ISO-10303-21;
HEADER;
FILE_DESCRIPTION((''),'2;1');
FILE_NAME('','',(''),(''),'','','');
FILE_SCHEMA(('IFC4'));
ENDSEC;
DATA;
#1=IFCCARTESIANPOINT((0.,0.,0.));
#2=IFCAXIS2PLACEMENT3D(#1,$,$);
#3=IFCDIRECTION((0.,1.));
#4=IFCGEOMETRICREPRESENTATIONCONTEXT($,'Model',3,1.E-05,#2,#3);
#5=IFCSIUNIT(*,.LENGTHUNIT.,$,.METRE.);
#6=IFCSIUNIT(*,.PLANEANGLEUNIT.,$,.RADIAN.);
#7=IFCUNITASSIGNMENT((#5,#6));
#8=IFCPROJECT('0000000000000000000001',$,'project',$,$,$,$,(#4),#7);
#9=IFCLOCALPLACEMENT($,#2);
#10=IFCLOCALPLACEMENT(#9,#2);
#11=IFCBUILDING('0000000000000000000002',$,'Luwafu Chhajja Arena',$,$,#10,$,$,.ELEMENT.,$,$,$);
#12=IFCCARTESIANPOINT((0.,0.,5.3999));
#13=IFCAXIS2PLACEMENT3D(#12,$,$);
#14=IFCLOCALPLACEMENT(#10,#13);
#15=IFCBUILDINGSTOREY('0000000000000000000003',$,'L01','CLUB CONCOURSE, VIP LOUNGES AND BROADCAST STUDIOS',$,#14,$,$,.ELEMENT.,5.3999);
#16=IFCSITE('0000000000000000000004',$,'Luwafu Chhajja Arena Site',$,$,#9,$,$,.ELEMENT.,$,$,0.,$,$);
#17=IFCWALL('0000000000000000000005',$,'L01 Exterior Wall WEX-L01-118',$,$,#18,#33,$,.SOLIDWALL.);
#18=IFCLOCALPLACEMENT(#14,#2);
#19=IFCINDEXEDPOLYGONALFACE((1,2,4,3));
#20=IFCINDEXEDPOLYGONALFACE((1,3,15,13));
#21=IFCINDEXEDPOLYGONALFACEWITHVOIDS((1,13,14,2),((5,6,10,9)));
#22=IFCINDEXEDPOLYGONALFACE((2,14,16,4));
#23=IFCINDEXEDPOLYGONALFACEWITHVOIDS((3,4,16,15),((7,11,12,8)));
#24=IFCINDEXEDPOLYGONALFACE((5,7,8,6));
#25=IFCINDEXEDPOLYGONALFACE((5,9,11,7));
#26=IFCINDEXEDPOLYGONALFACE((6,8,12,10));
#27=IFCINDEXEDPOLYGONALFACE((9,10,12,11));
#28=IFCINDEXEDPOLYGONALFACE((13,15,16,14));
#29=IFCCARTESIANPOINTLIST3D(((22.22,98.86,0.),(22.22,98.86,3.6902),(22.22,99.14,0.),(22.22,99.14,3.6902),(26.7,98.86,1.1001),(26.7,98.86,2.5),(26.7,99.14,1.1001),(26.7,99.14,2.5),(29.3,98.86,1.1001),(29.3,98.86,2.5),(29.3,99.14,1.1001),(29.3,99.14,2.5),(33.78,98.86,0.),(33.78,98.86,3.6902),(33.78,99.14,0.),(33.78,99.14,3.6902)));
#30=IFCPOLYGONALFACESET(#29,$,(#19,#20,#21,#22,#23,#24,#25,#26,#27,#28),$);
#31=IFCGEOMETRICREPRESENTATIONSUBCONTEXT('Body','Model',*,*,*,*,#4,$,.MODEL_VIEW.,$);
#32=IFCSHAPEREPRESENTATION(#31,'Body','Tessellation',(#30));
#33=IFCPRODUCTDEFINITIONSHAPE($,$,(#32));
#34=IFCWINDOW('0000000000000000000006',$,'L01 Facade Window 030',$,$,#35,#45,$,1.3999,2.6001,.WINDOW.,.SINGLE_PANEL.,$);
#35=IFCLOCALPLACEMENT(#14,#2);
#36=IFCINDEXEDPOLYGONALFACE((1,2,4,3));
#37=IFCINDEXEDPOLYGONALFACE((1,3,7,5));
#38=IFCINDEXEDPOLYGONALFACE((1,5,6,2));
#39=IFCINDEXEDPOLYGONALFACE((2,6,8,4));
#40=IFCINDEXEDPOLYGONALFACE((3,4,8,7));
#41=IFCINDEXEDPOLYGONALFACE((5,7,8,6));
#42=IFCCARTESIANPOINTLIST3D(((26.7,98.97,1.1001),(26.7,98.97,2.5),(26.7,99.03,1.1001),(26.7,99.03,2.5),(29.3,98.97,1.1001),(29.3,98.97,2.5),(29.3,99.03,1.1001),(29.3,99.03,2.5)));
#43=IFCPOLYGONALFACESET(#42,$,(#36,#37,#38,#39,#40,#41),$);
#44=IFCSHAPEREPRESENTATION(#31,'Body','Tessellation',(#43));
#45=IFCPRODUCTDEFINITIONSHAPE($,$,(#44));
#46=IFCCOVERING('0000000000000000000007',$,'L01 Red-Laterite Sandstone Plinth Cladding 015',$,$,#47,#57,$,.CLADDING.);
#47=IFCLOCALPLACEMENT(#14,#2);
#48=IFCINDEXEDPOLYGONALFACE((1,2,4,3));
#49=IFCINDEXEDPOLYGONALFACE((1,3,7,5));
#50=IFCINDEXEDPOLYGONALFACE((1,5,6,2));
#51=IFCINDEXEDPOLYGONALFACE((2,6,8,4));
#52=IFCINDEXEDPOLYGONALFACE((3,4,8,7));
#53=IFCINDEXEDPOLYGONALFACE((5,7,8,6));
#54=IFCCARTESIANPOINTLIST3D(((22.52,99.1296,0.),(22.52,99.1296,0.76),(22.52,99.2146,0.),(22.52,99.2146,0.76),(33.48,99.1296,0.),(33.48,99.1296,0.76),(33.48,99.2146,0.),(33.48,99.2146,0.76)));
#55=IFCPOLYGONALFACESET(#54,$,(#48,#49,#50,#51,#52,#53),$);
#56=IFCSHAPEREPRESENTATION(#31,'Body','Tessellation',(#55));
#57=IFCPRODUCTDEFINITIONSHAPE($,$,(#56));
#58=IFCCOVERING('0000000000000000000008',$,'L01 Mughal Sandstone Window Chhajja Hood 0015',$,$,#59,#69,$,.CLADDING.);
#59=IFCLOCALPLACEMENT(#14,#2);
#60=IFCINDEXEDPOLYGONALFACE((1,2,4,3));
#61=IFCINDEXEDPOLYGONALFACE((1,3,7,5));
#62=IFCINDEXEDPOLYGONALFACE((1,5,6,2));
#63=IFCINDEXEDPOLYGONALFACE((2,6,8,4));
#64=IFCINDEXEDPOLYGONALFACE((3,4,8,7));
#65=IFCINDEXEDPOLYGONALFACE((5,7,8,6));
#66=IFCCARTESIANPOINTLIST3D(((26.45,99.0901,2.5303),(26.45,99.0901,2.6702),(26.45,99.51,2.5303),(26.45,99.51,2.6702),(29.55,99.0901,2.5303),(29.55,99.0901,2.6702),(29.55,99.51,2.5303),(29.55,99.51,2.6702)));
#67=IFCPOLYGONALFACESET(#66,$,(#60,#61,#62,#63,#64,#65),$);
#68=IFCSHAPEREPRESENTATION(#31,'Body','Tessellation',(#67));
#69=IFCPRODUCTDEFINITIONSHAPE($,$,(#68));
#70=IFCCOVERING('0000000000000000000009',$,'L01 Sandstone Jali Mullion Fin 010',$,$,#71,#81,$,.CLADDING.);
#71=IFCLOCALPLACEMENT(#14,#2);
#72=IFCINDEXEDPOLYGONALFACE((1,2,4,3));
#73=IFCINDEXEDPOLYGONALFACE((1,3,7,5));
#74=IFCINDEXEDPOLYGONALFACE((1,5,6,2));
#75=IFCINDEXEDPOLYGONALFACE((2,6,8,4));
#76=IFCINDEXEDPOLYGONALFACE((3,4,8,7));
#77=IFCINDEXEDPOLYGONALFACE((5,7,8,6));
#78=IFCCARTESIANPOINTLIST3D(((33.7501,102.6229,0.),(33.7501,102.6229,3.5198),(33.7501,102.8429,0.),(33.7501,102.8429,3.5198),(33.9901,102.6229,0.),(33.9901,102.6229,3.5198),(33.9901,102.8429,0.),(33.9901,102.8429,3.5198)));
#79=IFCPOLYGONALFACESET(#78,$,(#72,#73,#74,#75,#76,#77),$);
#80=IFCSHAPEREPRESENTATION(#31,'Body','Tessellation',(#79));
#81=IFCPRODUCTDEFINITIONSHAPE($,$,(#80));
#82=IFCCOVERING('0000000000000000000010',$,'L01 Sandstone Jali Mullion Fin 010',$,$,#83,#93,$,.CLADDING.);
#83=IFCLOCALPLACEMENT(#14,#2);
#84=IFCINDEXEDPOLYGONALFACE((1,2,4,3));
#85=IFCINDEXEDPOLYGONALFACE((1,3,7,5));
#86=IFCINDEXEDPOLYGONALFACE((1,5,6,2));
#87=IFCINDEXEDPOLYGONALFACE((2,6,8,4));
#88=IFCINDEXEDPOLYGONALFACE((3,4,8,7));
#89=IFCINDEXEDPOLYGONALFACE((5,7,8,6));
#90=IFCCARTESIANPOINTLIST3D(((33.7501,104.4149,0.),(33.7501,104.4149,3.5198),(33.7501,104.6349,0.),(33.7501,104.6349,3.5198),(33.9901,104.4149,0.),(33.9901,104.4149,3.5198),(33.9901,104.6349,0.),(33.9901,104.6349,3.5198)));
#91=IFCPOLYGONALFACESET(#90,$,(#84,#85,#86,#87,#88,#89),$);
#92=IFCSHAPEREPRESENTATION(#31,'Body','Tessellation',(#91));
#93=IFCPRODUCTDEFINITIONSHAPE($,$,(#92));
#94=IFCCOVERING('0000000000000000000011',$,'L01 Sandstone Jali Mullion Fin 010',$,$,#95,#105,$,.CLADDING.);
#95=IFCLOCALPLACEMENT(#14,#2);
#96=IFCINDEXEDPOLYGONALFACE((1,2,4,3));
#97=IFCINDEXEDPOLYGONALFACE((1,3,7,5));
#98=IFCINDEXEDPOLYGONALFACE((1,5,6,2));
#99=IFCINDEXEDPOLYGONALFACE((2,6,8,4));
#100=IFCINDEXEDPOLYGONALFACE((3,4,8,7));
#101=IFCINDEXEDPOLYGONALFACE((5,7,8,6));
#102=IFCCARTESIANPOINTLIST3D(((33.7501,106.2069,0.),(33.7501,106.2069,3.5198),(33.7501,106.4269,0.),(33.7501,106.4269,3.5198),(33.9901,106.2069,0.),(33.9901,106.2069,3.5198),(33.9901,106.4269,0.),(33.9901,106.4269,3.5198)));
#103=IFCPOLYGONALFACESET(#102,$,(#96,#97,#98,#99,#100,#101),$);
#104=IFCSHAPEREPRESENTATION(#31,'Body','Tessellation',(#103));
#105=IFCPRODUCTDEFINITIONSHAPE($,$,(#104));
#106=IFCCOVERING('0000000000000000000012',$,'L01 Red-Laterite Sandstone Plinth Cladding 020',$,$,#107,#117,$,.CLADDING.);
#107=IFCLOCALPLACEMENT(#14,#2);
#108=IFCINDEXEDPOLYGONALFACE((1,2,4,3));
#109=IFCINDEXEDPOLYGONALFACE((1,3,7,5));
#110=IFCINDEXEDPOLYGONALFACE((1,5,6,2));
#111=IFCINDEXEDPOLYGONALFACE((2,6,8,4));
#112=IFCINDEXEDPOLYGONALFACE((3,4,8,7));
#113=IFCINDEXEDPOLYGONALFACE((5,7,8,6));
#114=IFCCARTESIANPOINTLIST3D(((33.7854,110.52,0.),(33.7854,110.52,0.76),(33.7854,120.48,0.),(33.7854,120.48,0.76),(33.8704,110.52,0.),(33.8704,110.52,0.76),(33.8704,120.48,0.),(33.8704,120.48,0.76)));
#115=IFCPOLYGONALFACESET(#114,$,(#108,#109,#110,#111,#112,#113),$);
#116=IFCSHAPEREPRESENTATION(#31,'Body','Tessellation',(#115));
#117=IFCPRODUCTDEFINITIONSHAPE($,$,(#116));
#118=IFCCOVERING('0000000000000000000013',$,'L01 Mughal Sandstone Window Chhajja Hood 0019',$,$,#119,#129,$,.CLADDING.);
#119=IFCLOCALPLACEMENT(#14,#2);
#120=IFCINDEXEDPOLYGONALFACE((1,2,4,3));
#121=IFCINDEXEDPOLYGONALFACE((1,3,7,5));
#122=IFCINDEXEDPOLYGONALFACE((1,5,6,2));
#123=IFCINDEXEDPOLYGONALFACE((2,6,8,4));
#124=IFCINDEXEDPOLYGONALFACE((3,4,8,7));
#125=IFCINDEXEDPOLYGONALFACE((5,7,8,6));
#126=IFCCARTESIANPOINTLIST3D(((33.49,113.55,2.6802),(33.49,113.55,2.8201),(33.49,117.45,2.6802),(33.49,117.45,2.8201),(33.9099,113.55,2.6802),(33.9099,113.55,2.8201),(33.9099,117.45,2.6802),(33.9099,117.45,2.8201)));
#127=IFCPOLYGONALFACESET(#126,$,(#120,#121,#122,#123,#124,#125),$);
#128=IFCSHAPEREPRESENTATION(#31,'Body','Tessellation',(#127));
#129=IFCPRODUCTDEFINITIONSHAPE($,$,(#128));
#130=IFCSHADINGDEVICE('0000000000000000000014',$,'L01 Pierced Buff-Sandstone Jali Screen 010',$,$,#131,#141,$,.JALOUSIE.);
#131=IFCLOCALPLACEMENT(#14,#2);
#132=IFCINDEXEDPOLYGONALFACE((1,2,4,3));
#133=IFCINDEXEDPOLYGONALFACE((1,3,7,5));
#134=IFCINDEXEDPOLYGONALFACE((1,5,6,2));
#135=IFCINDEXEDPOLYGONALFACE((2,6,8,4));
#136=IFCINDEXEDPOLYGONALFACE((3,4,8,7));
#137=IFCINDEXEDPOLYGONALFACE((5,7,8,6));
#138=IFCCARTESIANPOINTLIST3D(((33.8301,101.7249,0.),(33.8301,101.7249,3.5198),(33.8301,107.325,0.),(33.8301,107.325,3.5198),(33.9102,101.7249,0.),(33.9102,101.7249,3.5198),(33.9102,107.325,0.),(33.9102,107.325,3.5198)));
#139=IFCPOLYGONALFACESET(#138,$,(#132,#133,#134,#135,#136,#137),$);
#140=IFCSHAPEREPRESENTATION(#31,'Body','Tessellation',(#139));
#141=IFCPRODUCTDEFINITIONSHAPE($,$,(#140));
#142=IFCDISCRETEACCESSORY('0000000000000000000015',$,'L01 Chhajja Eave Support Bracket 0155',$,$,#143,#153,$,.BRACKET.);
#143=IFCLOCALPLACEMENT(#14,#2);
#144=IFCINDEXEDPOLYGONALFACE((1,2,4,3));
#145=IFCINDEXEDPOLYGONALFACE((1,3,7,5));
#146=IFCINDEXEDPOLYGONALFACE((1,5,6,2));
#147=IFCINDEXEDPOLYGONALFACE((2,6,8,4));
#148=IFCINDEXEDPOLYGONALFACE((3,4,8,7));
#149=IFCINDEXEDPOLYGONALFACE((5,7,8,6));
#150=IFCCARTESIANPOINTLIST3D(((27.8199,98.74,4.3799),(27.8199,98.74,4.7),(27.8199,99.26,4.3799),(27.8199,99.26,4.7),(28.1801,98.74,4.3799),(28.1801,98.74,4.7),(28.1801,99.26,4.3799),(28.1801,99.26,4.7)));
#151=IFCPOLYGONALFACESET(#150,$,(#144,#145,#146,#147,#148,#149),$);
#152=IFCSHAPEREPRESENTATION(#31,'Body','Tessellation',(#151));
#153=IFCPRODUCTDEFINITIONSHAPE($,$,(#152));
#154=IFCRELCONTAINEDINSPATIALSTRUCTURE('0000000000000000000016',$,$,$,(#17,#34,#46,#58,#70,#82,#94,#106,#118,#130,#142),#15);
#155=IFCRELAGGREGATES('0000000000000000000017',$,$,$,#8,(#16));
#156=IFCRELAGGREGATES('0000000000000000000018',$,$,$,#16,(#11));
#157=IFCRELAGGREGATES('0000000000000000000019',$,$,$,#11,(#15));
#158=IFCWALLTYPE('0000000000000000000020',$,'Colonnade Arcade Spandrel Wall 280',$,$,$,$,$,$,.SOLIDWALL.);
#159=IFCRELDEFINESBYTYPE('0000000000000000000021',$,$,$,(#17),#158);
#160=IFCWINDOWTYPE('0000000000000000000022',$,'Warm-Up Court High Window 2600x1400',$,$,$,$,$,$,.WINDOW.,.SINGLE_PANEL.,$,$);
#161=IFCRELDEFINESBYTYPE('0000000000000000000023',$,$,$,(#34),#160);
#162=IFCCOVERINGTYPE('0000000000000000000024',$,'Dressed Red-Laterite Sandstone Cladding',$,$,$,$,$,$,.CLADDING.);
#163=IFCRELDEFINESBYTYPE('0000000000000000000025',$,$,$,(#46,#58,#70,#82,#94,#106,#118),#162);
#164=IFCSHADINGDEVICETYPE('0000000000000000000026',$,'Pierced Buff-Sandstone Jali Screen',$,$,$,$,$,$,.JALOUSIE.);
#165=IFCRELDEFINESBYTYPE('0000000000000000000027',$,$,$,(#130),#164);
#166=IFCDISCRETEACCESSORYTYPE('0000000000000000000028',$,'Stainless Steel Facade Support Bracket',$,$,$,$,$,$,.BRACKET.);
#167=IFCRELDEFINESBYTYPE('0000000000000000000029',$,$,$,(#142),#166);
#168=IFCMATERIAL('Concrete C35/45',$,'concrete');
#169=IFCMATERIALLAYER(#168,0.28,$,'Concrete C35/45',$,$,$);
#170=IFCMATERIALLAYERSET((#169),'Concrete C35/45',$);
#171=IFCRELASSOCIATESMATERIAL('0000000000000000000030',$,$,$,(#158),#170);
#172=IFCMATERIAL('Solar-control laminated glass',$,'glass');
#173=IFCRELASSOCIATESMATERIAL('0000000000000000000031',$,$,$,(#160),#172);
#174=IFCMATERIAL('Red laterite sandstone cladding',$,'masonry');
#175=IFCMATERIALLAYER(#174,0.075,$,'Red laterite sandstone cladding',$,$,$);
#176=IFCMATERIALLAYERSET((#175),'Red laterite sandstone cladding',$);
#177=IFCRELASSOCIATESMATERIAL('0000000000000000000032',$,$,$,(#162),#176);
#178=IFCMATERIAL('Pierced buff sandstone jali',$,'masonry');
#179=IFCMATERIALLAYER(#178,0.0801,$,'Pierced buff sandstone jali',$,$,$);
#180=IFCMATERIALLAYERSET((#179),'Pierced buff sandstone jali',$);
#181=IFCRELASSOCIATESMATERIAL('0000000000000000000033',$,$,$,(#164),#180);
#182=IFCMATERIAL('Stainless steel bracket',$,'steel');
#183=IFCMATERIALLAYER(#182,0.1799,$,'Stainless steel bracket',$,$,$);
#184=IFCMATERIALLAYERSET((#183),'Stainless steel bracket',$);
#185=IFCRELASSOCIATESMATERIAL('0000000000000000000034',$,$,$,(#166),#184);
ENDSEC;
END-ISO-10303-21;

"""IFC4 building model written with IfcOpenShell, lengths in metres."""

from ifc_helpers import new_model, si_unit, direction, frame, frame_2d, origin, origin_2d, place, context, subcontext, project, spatial, rectangle, extrude, material, layer, layer_set, type_object, element, fill, save


model = new_model("IFC4")

# Units and contexts
model_context = context("Model", 3, precision=1e-05, world=origin(), true_north=direction((0.0, 1.0)))
body_context = subcontext(model_context, "Body", "Model", "MODEL_VIEW")
ifc_project = project(units=[si_unit("LENGTHUNIT", "METRE"), si_unit("PLANEANGLEUNIT", "RADIAN")], contexts=[model_context])

# Site, building, storey
site_placement = place(None, origin())
site = spatial("IfcSite", under=ifc_project, at=site_placement, Name="Luwafu Chhajja Arena Site", CompositionType="ELEMENT", RefElevation=0.0)
building_placement = place(site_placement, origin())
building = spatial("IfcBuilding", under=site, at=building_placement, Name="Luwafu Chhajja Arena", CompositionType="ELEMENT")
storey_placement = place(building_placement, frame((0.0, 0.0, 5.3999)))
storey = spatial("IfcBuildingStorey", under=building, at=storey_placement, Name="L01", Description="CLUB CONCOURSE, VIP LOUNGES AND BROADCAST STUDIOS", CompositionType="ELEMENT", Elevation=5.3999)

# Shared definitions
ifc_material_1 = material(Name="Concrete C35/45", Category="concrete")

# Shared definitions
ifc_material_2 = material(Name="Solar-control laminated glass", Category="glass")

# Wall, opening, window
ifc_layer_1 = layer(ifc_material_1, 0.28, Name="Concrete C35/45")
ifc_layer_set_1 = layer_set([ifc_layer_1], Name="Concrete C35/45")
wall_type = type_object("IfcWallType", Name="Colonnade Arcade Spandrel Wall 280", PredefinedType="SOLIDWALL", material=ifc_layer_set_1)
wall_placement = place(storey_placement, frame((22.22, 99.0, 0.0), z_axis=(0.0, 0.0, 1.0), x_axis=(1.0, 0.0, 0.0)))
wall = element("IfcWall", 1, at=wall_placement, inside=storey, type_object=wall_type, Name="L01 Exterior Wall WEX-L01-118", PredefinedType="SOLIDWALL", context=body_context, shape_type="SweptSolid", body=[
    extrude(rectangle(XDim=11.5601, YDim=0.28, at=frame_2d((5.78, 0.0))), origin(), (0.0, 0.0, 1.0), 3.6902),
])
opening_placement = place(wall_placement, frame((4.48, 0.0, 1.1001)))
opening = element("IfcOpeningElement", 2, at=opening_placement, cuts=wall, PredefinedType="OPENING", context=body_context, shape_type="SweptSolid", body=[
    extrude(rectangle(XDim=2.6001, YDim=1.3999, at=frame_2d((1.3, 0.7))), frame((0.0, 0.1499, 0.0), z_axis=(0.0, -1.0, 0.0), x_axis=(1.0, 0.0, 0.0)), (0.0, 0.0, 1.0), 0.3),
])
window_type = type_object("IfcWindowType", Name="Warm-Up Court High Window 2600x1400", PartitioningType="SINGLE_PANEL", PredefinedType="WINDOW", material=ifc_material_2)
window_placement = place(opening_placement, origin())
window = element("IfcWindow", 3, at=window_placement, inside=storey, type_object=window_type, Name="L01 Facade Window 030", OverallHeight=1.3999, OverallWidth=2.6001, PartitioningType="SINGLE_PANEL", PredefinedType="WINDOW", context=body_context, shape_type="SweptSolid", body=[
    extrude(rectangle(XDim=2.6001, YDim=1.3999, at=frame_2d((1.3, 0.7))), frame((0.0, 0.03, 0.0), z_axis=(0.0, -1.0, 0.0), x_axis=(1.0, 0.0, 0.0)), (0.0, 0.0, 1.0), 0.0601),
])
fill(opening, window)

# Coverings
ifc_material_3 = material(Name="Red laterite sandstone cladding", Category="masonry")
ifc_layer_2 = layer(ifc_material_3, 0.075, Name="Red laterite sandstone cladding")
ifc_layer_set_2 = layer_set([ifc_layer_2], Name="Red laterite sandstone cladding")
covering_type = type_object("IfcCoveringType", Name="Dressed Red-Laterite Sandstone Cladding", PredefinedType="CLADDING", material=ifc_layer_set_2)
covering_1_placement = place(storey_placement, frame((28.0, 99.1721, 0.0), z_axis=(0.0, 0.0, 1.0), x_axis=(1.0, 0.0, 0.0)))
element("IfcCovering", 4, at=covering_1_placement, inside=storey, type_object=covering_type, Name="L01 Red-Laterite Sandstone Plinth Cladding 015", PredefinedType="CLADDING", context=body_context, shape_type="SweptSolid", body=[
    extrude(rectangle(XDim=10.96, YDim=0.085, at=origin_2d()), origin(), (0.0, 0.0, 1.0), 0.76),
])
covering_2_placement = place(storey_placement, frame((28.0, 99.3, 2.5303), z_axis=(0.0, 0.0, 1.0), x_axis=(1.0, 0.0, 0.0)))
element("IfcCovering", 5, at=covering_2_placement, inside=storey, type_object=covering_type, Name="L01 Mughal Sandstone Window Chhajja Hood 0015", PredefinedType="CLADDING", context=body_context, shape_type="SweptSolid", body=[
    extrude(rectangle(XDim=3.1001, YDim=0.4199, at=origin_2d()), origin(), (0.0, 0.0, 1.0), 0.1399),
])
for number, where, z_axis, x_axis, name in (
    (6, (33.8701, 102.7329, 0.0), (0.0, 0.0, 1.0), (0.0, 1.0, 0.0), "L01 Sandstone Jali Mullion Fin 010"),
    (7, (33.8701, 104.5249, 0.0), (0.0, 0.0, 1.0), (0.0, 1.0, 0.0), "L01 Sandstone Jali Mullion Fin 010"),
    (8, (33.8701, 106.3169, 0.0), (0.0, 0.0, 1.0), (0.0, 1.0, 0.0), "L01 Sandstone Jali Mullion Fin 010"),
):
    element("IfcCovering", number, at=place(storey_placement, frame(where, z_axis=z_axis, x_axis=x_axis)), inside=storey, type_object=covering_type, Name=name, PredefinedType="CLADDING", context=body_context, shape_type="SweptSolid", body=[
        extrude(rectangle(XDim=0.22, YDim=0.24, at=origin_2d()), origin(), (0.0, 0.0, 1.0), 3.5198),
    ])
covering_3_placement = place(storey_placement, frame((33.8279, 115.5, 0.0), z_axis=(0.0, 0.0, 1.0), x_axis=(0.0, 1.0, 0.0)))
element("IfcCovering", 9, at=covering_3_placement, inside=storey, type_object=covering_type, Name="L01 Red-Laterite Sandstone Plinth Cladding 020", PredefinedType="CLADDING", context=body_context, shape_type="SweptSolid", body=[
    extrude(rectangle(XDim=9.96, YDim=0.085, at=origin_2d()), origin(), (0.0, 0.0, 1.0), 0.76),
])
covering_4_placement = place(storey_placement, frame((33.7, 115.5, 2.6802), z_axis=(0.0, 0.0, 1.0), x_axis=(0.0, 1.0, 0.0)))
element("IfcCovering", 10, at=covering_4_placement, inside=storey, type_object=covering_type, Name="L01 Mughal Sandstone Window Chhajja Hood 0019", PredefinedType="CLADDING", context=body_context, shape_type="SweptSolid", body=[
    extrude(rectangle(XDim=3.8999, YDim=0.4199, at=origin_2d()), origin(), (0.0, 0.0, 1.0), 0.1399),
])

# Shading device
ifc_material_4 = material(Name="Pierced buff sandstone jali", Category="masonry")
ifc_layer_3 = layer(ifc_material_4, 0.0801, Name="Pierced buff sandstone jali")
ifc_layer_set_3 = layer_set([ifc_layer_3], Name="Pierced buff sandstone jali")
shading_device_type = type_object("IfcShadingDeviceType", Name="Pierced Buff-Sandstone Jali Screen", PredefinedType="JALOUSIE", material=ifc_layer_set_3)
shading_device_placement = place(storey_placement, frame((33.8701, 104.5249, 0.0), z_axis=(0.0, 0.0, 1.0), x_axis=(0.0, 1.0, 0.0)))
element("IfcShadingDevice", 11, at=shading_device_placement, inside=storey, type_object=shading_device_type, Name="L01 Pierced Buff-Sandstone Jali Screen 010", PredefinedType="JALOUSIE", context=body_context, shape_type="SweptSolid", body=[
    extrude(rectangle(XDim=5.6001, YDim=0.0801, at=origin_2d()), origin(), (0.0, 0.0, 1.0), 3.5198),
])

# Discrete accessory
ifc_material_5 = material(Name="Stainless steel bracket", Category="steel")
ifc_layer_4 = layer(ifc_material_5, 0.1799, Name="Stainless steel bracket")
ifc_layer_set_4 = layer_set([ifc_layer_4], Name="Stainless steel bracket")
discrete_accessory_type = type_object("IfcDiscreteAccessoryType", Name="Stainless Steel Facade Support Bracket", PredefinedType="BRACKET", material=ifc_layer_set_4)
discrete_accessory_placement = place(storey_placement, frame((28.0, 99.0, 4.3799), z_axis=(0.0, 0.0, 1.0), x_axis=(1.0, 0.0, 0.0)))
element("IfcDiscreteAccessory", 12, at=discrete_accessory_placement, inside=storey, type_object=discrete_accessory_type, Name="L01 Chhajja Eave Support Bracket 0155", PredefinedType="BRACKET", context=body_context, shape_type="SweptSolid", body=[
    extrude(rectangle(XDim=0.3601, YDim=0.52, at=origin_2d()), origin(), (0.0, 0.0, 1.0), 0.3201),
])

save(model, "model.ifc")
